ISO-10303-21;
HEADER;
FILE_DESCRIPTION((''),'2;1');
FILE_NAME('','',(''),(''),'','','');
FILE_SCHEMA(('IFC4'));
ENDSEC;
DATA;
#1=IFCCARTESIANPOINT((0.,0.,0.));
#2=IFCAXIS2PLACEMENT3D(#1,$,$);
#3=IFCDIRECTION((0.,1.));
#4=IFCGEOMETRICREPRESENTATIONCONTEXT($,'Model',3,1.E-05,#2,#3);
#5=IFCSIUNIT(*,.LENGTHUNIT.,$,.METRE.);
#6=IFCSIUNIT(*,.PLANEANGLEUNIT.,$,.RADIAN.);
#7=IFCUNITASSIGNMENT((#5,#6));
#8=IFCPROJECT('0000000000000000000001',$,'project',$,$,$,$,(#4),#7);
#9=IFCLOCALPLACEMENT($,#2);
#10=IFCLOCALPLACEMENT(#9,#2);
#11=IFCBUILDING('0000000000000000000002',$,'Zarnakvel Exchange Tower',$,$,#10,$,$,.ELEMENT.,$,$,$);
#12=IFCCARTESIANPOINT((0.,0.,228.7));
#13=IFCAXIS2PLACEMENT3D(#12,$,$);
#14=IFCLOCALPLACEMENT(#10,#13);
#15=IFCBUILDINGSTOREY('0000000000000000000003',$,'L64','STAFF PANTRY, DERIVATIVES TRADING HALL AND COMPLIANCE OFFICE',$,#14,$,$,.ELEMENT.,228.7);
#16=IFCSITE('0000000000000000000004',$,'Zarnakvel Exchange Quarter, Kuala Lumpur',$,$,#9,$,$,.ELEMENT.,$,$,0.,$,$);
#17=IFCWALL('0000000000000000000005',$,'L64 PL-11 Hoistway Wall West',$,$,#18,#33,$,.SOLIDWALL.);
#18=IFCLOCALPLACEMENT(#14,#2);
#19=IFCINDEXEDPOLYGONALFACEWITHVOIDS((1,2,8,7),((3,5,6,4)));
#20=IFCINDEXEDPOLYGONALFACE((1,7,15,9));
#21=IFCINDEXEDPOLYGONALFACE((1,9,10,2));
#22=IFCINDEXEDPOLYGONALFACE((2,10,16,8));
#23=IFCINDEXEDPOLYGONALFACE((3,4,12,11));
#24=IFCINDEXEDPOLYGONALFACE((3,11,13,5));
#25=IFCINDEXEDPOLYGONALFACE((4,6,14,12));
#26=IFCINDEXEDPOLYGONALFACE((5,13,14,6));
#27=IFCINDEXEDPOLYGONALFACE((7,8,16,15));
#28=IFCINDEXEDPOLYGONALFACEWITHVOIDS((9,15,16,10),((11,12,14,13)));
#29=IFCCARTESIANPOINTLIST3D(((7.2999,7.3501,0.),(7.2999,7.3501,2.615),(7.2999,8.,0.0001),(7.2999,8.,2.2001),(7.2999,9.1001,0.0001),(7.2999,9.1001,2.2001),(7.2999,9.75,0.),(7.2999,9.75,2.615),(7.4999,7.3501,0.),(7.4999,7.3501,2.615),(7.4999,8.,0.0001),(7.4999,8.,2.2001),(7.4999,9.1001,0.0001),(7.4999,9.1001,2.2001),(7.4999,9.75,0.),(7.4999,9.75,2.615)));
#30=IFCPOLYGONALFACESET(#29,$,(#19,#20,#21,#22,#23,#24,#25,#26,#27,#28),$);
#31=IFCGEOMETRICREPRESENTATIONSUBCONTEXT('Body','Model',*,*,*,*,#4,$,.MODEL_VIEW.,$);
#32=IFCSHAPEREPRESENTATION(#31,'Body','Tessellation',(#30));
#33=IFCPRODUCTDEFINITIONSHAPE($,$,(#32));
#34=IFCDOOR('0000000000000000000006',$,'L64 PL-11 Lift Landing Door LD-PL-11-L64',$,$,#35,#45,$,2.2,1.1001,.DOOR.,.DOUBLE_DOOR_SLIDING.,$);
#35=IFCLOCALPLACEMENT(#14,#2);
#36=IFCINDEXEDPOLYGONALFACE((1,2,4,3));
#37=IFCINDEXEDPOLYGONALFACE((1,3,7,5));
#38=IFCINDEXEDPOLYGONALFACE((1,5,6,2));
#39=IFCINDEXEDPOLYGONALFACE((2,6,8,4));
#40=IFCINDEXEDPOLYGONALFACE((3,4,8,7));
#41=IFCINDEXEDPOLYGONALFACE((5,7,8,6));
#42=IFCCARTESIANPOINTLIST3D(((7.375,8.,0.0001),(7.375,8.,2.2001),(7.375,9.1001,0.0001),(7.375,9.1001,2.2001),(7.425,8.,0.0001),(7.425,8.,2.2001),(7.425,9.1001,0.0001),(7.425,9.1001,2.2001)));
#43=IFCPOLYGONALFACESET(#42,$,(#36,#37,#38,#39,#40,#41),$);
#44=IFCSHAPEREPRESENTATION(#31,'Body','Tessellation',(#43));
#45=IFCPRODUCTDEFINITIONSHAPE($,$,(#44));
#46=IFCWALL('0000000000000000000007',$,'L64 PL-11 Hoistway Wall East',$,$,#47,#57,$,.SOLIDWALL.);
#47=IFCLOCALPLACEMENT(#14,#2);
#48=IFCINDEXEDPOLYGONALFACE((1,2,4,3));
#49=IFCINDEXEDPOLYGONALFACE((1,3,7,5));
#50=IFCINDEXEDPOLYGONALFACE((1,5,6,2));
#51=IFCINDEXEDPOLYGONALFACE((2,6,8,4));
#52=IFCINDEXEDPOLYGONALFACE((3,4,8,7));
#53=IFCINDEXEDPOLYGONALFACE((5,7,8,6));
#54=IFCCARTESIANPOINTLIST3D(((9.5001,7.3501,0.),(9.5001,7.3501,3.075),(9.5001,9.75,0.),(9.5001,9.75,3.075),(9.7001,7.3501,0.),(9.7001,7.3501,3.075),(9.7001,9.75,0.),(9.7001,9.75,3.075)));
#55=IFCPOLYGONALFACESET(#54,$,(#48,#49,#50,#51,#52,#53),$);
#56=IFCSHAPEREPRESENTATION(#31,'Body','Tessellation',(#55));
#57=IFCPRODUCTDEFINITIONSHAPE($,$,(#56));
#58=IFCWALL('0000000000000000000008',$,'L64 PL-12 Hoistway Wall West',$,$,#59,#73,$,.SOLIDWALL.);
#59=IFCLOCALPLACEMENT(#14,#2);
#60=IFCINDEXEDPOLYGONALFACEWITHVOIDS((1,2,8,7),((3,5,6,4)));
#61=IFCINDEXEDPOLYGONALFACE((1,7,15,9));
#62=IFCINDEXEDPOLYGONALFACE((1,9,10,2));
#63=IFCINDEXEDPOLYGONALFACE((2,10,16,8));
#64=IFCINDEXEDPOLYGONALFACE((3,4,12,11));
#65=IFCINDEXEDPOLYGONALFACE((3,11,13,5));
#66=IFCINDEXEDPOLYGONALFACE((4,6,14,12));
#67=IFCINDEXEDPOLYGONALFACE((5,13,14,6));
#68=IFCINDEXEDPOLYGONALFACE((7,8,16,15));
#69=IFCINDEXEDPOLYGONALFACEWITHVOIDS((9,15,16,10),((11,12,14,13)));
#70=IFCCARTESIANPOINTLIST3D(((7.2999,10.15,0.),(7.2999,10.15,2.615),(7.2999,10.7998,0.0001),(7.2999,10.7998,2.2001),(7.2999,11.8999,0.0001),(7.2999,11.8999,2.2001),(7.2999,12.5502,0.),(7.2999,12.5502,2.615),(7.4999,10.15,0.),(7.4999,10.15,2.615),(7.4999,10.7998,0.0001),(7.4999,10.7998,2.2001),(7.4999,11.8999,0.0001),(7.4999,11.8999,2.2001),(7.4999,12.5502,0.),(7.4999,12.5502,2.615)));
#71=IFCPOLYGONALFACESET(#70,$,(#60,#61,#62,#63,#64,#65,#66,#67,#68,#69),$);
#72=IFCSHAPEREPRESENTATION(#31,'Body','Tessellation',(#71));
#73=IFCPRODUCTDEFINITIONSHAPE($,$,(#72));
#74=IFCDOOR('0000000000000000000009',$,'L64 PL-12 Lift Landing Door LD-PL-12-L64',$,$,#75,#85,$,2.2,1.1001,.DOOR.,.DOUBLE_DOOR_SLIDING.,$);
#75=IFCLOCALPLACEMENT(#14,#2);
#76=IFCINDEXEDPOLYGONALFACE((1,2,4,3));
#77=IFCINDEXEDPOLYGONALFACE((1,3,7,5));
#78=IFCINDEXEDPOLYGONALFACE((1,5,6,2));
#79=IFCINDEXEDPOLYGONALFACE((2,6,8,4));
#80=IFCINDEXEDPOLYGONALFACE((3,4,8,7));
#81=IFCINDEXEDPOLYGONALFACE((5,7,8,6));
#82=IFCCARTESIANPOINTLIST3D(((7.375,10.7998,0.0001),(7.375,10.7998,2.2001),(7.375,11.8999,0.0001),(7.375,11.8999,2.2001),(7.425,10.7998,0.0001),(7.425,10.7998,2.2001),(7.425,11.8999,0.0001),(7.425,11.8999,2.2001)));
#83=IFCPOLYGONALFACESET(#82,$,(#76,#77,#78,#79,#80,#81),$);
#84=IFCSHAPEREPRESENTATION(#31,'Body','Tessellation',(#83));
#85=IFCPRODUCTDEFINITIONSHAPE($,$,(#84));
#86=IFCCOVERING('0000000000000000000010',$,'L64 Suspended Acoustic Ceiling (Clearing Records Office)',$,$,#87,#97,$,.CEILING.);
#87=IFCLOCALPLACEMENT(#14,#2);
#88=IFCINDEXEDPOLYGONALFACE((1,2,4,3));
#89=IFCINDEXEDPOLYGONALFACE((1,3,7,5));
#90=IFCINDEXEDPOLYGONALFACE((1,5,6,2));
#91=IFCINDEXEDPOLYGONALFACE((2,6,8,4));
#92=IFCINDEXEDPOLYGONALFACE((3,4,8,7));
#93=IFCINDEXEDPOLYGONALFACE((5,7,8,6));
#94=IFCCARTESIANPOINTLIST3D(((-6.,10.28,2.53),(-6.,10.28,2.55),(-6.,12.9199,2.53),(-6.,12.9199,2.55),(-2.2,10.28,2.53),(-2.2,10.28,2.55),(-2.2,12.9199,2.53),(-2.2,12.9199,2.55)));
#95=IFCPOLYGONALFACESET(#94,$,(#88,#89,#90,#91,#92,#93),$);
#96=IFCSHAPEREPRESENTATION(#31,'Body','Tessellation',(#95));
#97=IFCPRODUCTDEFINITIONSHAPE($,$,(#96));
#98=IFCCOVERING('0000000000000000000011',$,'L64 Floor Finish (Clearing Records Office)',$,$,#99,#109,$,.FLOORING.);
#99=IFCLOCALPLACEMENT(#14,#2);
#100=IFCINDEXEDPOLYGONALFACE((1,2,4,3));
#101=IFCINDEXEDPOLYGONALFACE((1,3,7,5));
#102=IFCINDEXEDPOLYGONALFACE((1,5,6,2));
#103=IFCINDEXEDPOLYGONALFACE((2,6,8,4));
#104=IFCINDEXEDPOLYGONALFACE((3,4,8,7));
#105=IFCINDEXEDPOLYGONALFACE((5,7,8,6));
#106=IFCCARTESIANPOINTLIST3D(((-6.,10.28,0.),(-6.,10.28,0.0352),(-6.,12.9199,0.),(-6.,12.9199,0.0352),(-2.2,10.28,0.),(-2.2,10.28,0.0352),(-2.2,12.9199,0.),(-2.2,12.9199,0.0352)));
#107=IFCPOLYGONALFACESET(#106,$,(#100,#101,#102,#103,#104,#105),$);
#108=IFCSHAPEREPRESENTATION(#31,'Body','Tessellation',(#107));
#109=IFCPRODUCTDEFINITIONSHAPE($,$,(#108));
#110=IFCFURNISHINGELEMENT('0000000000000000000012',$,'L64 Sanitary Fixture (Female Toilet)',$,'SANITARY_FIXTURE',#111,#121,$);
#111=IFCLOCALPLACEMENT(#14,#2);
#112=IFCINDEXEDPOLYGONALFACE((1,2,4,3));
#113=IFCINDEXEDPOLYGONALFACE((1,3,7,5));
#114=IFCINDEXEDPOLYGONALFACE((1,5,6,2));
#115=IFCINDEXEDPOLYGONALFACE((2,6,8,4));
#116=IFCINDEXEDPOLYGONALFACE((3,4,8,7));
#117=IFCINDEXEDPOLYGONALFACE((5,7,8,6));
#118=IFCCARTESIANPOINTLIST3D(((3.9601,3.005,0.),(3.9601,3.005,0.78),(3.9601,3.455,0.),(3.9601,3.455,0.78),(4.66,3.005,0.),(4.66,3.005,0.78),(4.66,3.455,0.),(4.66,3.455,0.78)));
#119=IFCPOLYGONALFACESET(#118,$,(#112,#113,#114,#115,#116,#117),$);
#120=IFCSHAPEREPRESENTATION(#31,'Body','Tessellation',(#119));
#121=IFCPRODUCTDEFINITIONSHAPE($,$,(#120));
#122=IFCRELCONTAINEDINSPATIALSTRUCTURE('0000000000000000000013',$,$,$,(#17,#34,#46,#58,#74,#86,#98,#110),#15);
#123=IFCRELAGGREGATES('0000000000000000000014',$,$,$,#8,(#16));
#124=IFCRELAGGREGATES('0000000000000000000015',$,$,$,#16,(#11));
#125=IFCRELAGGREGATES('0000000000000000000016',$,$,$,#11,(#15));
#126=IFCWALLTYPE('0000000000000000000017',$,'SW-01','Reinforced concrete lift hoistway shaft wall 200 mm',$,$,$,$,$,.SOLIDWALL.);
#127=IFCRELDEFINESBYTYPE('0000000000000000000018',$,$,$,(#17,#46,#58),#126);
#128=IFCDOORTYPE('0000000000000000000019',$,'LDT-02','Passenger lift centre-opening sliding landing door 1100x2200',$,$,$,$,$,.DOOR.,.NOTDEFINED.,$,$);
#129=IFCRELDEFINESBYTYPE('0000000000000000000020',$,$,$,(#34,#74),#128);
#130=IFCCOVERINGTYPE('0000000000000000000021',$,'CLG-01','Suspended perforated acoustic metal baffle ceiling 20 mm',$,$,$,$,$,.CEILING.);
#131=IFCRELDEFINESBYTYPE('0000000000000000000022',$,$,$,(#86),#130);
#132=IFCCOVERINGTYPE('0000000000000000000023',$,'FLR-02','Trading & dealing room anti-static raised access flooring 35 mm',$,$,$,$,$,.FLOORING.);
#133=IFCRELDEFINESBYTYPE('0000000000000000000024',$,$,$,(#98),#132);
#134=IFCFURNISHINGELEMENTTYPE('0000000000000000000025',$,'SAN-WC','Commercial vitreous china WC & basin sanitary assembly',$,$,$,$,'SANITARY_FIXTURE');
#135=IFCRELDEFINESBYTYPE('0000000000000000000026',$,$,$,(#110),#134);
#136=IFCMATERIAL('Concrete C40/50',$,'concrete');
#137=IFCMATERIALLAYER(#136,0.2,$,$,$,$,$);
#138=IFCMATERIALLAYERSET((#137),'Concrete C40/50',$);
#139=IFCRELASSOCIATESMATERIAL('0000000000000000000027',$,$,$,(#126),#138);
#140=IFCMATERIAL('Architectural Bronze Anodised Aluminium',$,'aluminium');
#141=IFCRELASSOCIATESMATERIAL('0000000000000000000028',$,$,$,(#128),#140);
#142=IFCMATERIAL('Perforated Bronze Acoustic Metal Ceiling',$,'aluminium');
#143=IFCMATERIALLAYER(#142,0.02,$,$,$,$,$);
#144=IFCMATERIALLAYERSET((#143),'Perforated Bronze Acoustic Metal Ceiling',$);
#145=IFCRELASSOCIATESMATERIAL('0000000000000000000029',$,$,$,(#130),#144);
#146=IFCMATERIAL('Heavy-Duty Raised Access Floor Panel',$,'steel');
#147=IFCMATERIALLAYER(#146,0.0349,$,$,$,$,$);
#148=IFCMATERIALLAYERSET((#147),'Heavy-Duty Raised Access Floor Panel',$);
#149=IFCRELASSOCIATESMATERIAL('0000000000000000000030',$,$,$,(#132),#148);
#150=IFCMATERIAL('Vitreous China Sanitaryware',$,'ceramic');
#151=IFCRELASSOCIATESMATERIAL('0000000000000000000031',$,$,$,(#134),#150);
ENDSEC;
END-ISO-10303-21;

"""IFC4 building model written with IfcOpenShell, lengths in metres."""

from ifc_helpers import new_model, si_unit, direction, frame, frame_2d, origin, origin_2d, place, context, subcontext, project, spatial, polyline, rectangle, outline, extrude, source, transform, mapped, material, layer, layer_set, type_object, element, fill, save


model = new_model("IFC4")

# Units and contexts
model_context = context("Model", 3, precision=1e-05, world=origin(), true_north=direction((0.0, 1.0)))
body_context = subcontext(model_context, "Body", "Model", "MODEL_VIEW")
ifc_project = project(units=[si_unit("LENGTHUNIT", "METRE"), si_unit("PLANEANGLEUNIT", "RADIAN")], contexts=[model_context])

# Site, building, storey
site_placement = place(None, origin())
site = spatial("IfcSite", under=ifc_project, at=site_placement, Name="Zarnakvel Exchange Quarter, Kuala Lumpur", CompositionType="ELEMENT", RefElevation=0.0)
building_placement = place(site_placement, origin())
building = spatial("IfcBuilding", under=site, at=building_placement, Name="Zarnakvel Exchange Tower", CompositionType="ELEMENT")
storey_placement = place(building_placement, frame((0.0, 0.0, 228.7)))
storey = spatial("IfcBuildingStorey", under=building, at=storey_placement, Name="L64", Description="STAFF PANTRY, DERIVATIVES TRADING HALL AND COMPLIANCE OFFICE", CompositionType="ELEMENT", Elevation=228.7)

# Shared definitions
ifc_material_1 = material(Name="Concrete C40/50", Category="concrete")
ifc_layer_1 = layer(ifc_material_1, 0.2)
ifc_layer_set_1 = layer_set([ifc_layer_1], Name="Concrete C40/50")
wall_type_1 = type_object("IfcWallType", Name="SW-01", Description="Reinforced concrete lift hoistway shaft wall 200 mm", PredefinedType="SOLIDWALL", material=ifc_layer_set_1)

# Wall, opening, door
wall_1_placement = place(storey_placement, frame((7.3999, 7.3501, 0.0), z_axis=(0.0, 0.0, 1.0), x_axis=(0.0, 1.0, 0.0)))
wall_1 = element("IfcWall", 1, at=wall_1_placement, inside=storey, type_object=wall_type_1, Name="L64 PL-11 Hoistway Wall West", PredefinedType="SOLIDWALL", context=body_context, shape_type="SweptSolid", body=[
    extrude(rectangle(XDim=2.3999, YDim=0.2, at=frame_2d((1.2, 0.0))), origin(), (0.0, 0.0, 1.0), 2.615),
])
opening_1_placement = place(wall_1_placement, frame((0.6499, 0.0, 0.0)))
opening_1 = element("IfcOpeningElement", 2, at=opening_1_placement, cuts=wall_1, PredefinedType="OPENING", context=body_context, shape_type="SweptSolid", body=[
    extrude(rectangle(XDim=1.1001, YDim=2.2, at=frame_2d((0.55, 1.1001))), frame((0.0, 0.1099, 0.0), z_axis=(0.0, -1.0, 0.0), x_axis=(1.0, 0.0, 0.0)), (0.0, 0.0, 1.0), 0.22),
])
ifc_material_2 = material(Name="Architectural Bronze Anodised Aluminium", Category="aluminium")
door_type_1 = type_object("IfcDoorType", Name="LDT-02", Description="Passenger lift centre-opening sliding landing door 1100x2200", OperationType="NOTDEFINED", PredefinedType="DOOR", material=ifc_material_2)
shared_shape_1 = source(origin(), body_context, "Body", "SweptSolid", [
    extrude(rectangle(XDim=1.1001, YDim=2.2, at=frame_2d((0.55, 1.1001))), frame((0.0, 0.0249, 0.0), z_axis=(0.0, -1.0, 0.0), x_axis=(1.0, 0.0, 0.0)), (0.0, 0.0, 1.0), 0.05),
])
door_1_placement = place(opening_1_placement, origin())
door_1 = element("IfcDoor", 3, at=door_1_placement, inside=storey, type_object=door_type_1, Name="L64 PL-11 Lift Landing Door LD-PL-11-L64", OperationType="DOUBLE_DOOR_SLIDING", OverallHeight=2.2, OverallWidth=1.1001, PredefinedType="DOOR", context=body_context, shape_type="MappedRepresentation", body=[
    mapped(shared_shape_1, transform((0.0, 0.0, 0.0), x_axis=(1.0, 0.0, 0.0), y_axis=(0.0, 1.0, 0.0), z_axis=(0.0, 0.0, 1.0), scale=1.0)),
])
fill(opening_1, door_1)

# Wall
wall_2_placement = place(storey_placement, frame((9.6001, 9.75, 0.0), z_axis=(0.0, 0.0, 1.0), x_axis=(0.0, -1.0, 0.0)))
element("IfcWall", 4, at=wall_2_placement, inside=storey, type_object=wall_type_1, Name="L64 PL-11 Hoistway Wall East", PredefinedType="SOLIDWALL", context=body_context, shape_type="SweptSolid", body=[
    extrude(rectangle(XDim=2.3999, YDim=0.2, at=frame_2d((1.2, 0.0))), origin(), (0.0, 0.0, 1.0), 3.075),
])

# Wall, opening, door
wall_3_placement = place(storey_placement, frame((7.3999, 10.1499, 0.0), z_axis=(0.0, 0.0, 1.0), x_axis=(0.0, 1.0, 0.0)))
wall_3 = element("IfcWall", 5, at=wall_3_placement, inside=storey, type_object=wall_type_1, Name="L64 PL-12 Hoistway Wall West", PredefinedType="SOLIDWALL", context=body_context, shape_type="SweptSolid", body=[
    extrude(rectangle(XDim=2.4001, YDim=0.2, at=frame_2d((1.2002, 0.0))), origin(), (0.0, 0.0, 1.0), 2.615),
])
opening_2_placement = place(wall_3_placement, frame((0.6499, 0.0, 0.0)))
opening_2 = element("IfcOpeningElement", 6, at=opening_2_placement, cuts=wall_3, PredefinedType="OPENING", context=body_context, shape_type="SweptSolid", body=[
    extrude(rectangle(XDim=1.1001, YDim=2.2, at=frame_2d((0.55, 1.1001))), frame((0.0, 0.1099, 0.0), z_axis=(0.0, -1.0, 0.0), x_axis=(1.0, 0.0, 0.0)), (0.0, 0.0, 1.0), 0.22),
])
door_2_placement = place(opening_2_placement, origin())
door_2 = element("IfcDoor", 7, at=door_2_placement, inside=storey, type_object=door_type_1, Name="L64 PL-12 Lift Landing Door LD-PL-12-L64", OperationType="DOUBLE_DOOR_SLIDING", OverallHeight=2.2, OverallWidth=1.1001, PredefinedType="DOOR", context=body_context, shape_type="MappedRepresentation", body=[
    mapped(shared_shape_1, transform((0.0, 0.0, 0.0), x_axis=(1.0, 0.0, 0.0), y_axis=(0.0, 1.0, 0.0), z_axis=(0.0, 0.0, 1.0), scale=1.0)),
])
fill(opening_2, door_2)

# Coverings
ifc_material_3 = material(Name="Perforated Bronze Acoustic Metal Ceiling", Category="aluminium")
ifc_layer_2 = layer(ifc_material_3, 0.02)
ifc_layer_set_2 = layer_set([ifc_layer_2], Name="Perforated Bronze Acoustic Metal Ceiling")
covering_type_1 = type_object("IfcCoveringType", Name="CLG-01", Description="Suspended perforated acoustic metal baffle ceiling 20 mm", PredefinedType="CEILING", material=ifc_layer_set_2)
covering_1_placement = place(storey_placement, frame((0.0, 0.0, 2.53)))
element("IfcCovering", 8, at=covering_1_placement, inside=storey, type_object=covering_type_1, Name="L64 Suspended Acoustic Ceiling (Clearing Records Office)", PredefinedType="CEILING", context=body_context, shape_type="SweptSolid", body=[
    extrude(outline(polyline([(-6.0, 12.9199), (-2.2, 12.9199), (-2.2, 10.28), (-6.0, 10.28), (-6.0, 12.9199)])), origin(), (0.0, 0.0, 1.0), 0.02),
])
ifc_material_4 = material(Name="Heavy-Duty Raised Access Floor Panel", Category="steel")
ifc_layer_3 = layer(ifc_material_4, 0.0349)
ifc_layer_set_3 = layer_set([ifc_layer_3], Name="Heavy-Duty Raised Access Floor Panel")
covering_type_2 = type_object("IfcCoveringType", Name="FLR-02", Description="Trading & dealing room anti-static raised access flooring 35 mm", PredefinedType="FLOORING", material=ifc_layer_set_3)
covering_2_placement = place(storey_placement, origin())
element("IfcCovering", 9, at=covering_2_placement, inside=storey, type_object=covering_type_2, Name="L64 Floor Finish (Clearing Records Office)", PredefinedType="FLOORING", context=body_context, shape_type="SweptSolid", body=[
    extrude(outline(polyline([(-6.0, 12.9199), (-2.2, 12.9199), (-2.2, 10.28), (-6.0, 10.28), (-6.0, 12.9199)])), origin(), (0.0, 0.0, 1.0), 0.0352),
])

# Furnishing element
ifc_material_5 = material(Name="Vitreous China Sanitaryware", Category="ceramic")
furnishing_element_type = type_object("IfcFurnishingElementType", Name="SAN-WC", Description="Commercial vitreous china WC & basin sanitary assembly", ElementType="SANITARY_FIXTURE", material=ifc_material_5)
shared_shape_2 = source(origin(), body_context, "Body", "SweptSolid", [
    extrude(rectangle(XDim=0.7, YDim=0.45, at=origin_2d()), origin(), (0.0, 0.0, 1.0), 0.78),
])
furnishing_placement = place(storey_placement, frame((4.3101, 3.23, 0.0), z_axis=(0.0, 0.0, 1.0), x_axis=(1.0, 0.0, 0.0)))
element("IfcFurnishingElement", 10, at=furnishing_placement, inside=storey, type_object=furnishing_element_type, Name="L64 Sanitary Fixture (Female Toilet)", ObjectType="SANITARY_FIXTURE", context=body_context, shape_type="MappedRepresentation", body=[
    mapped(shared_shape_2, transform((0.0, 0.0, 0.0), x_axis=(1.0, 0.0, 0.0), y_axis=(0.0, 1.0, 0.0), z_axis=(0.0, 0.0, 1.0), scale=1.0)),
])

save(model, "model.ifc")
